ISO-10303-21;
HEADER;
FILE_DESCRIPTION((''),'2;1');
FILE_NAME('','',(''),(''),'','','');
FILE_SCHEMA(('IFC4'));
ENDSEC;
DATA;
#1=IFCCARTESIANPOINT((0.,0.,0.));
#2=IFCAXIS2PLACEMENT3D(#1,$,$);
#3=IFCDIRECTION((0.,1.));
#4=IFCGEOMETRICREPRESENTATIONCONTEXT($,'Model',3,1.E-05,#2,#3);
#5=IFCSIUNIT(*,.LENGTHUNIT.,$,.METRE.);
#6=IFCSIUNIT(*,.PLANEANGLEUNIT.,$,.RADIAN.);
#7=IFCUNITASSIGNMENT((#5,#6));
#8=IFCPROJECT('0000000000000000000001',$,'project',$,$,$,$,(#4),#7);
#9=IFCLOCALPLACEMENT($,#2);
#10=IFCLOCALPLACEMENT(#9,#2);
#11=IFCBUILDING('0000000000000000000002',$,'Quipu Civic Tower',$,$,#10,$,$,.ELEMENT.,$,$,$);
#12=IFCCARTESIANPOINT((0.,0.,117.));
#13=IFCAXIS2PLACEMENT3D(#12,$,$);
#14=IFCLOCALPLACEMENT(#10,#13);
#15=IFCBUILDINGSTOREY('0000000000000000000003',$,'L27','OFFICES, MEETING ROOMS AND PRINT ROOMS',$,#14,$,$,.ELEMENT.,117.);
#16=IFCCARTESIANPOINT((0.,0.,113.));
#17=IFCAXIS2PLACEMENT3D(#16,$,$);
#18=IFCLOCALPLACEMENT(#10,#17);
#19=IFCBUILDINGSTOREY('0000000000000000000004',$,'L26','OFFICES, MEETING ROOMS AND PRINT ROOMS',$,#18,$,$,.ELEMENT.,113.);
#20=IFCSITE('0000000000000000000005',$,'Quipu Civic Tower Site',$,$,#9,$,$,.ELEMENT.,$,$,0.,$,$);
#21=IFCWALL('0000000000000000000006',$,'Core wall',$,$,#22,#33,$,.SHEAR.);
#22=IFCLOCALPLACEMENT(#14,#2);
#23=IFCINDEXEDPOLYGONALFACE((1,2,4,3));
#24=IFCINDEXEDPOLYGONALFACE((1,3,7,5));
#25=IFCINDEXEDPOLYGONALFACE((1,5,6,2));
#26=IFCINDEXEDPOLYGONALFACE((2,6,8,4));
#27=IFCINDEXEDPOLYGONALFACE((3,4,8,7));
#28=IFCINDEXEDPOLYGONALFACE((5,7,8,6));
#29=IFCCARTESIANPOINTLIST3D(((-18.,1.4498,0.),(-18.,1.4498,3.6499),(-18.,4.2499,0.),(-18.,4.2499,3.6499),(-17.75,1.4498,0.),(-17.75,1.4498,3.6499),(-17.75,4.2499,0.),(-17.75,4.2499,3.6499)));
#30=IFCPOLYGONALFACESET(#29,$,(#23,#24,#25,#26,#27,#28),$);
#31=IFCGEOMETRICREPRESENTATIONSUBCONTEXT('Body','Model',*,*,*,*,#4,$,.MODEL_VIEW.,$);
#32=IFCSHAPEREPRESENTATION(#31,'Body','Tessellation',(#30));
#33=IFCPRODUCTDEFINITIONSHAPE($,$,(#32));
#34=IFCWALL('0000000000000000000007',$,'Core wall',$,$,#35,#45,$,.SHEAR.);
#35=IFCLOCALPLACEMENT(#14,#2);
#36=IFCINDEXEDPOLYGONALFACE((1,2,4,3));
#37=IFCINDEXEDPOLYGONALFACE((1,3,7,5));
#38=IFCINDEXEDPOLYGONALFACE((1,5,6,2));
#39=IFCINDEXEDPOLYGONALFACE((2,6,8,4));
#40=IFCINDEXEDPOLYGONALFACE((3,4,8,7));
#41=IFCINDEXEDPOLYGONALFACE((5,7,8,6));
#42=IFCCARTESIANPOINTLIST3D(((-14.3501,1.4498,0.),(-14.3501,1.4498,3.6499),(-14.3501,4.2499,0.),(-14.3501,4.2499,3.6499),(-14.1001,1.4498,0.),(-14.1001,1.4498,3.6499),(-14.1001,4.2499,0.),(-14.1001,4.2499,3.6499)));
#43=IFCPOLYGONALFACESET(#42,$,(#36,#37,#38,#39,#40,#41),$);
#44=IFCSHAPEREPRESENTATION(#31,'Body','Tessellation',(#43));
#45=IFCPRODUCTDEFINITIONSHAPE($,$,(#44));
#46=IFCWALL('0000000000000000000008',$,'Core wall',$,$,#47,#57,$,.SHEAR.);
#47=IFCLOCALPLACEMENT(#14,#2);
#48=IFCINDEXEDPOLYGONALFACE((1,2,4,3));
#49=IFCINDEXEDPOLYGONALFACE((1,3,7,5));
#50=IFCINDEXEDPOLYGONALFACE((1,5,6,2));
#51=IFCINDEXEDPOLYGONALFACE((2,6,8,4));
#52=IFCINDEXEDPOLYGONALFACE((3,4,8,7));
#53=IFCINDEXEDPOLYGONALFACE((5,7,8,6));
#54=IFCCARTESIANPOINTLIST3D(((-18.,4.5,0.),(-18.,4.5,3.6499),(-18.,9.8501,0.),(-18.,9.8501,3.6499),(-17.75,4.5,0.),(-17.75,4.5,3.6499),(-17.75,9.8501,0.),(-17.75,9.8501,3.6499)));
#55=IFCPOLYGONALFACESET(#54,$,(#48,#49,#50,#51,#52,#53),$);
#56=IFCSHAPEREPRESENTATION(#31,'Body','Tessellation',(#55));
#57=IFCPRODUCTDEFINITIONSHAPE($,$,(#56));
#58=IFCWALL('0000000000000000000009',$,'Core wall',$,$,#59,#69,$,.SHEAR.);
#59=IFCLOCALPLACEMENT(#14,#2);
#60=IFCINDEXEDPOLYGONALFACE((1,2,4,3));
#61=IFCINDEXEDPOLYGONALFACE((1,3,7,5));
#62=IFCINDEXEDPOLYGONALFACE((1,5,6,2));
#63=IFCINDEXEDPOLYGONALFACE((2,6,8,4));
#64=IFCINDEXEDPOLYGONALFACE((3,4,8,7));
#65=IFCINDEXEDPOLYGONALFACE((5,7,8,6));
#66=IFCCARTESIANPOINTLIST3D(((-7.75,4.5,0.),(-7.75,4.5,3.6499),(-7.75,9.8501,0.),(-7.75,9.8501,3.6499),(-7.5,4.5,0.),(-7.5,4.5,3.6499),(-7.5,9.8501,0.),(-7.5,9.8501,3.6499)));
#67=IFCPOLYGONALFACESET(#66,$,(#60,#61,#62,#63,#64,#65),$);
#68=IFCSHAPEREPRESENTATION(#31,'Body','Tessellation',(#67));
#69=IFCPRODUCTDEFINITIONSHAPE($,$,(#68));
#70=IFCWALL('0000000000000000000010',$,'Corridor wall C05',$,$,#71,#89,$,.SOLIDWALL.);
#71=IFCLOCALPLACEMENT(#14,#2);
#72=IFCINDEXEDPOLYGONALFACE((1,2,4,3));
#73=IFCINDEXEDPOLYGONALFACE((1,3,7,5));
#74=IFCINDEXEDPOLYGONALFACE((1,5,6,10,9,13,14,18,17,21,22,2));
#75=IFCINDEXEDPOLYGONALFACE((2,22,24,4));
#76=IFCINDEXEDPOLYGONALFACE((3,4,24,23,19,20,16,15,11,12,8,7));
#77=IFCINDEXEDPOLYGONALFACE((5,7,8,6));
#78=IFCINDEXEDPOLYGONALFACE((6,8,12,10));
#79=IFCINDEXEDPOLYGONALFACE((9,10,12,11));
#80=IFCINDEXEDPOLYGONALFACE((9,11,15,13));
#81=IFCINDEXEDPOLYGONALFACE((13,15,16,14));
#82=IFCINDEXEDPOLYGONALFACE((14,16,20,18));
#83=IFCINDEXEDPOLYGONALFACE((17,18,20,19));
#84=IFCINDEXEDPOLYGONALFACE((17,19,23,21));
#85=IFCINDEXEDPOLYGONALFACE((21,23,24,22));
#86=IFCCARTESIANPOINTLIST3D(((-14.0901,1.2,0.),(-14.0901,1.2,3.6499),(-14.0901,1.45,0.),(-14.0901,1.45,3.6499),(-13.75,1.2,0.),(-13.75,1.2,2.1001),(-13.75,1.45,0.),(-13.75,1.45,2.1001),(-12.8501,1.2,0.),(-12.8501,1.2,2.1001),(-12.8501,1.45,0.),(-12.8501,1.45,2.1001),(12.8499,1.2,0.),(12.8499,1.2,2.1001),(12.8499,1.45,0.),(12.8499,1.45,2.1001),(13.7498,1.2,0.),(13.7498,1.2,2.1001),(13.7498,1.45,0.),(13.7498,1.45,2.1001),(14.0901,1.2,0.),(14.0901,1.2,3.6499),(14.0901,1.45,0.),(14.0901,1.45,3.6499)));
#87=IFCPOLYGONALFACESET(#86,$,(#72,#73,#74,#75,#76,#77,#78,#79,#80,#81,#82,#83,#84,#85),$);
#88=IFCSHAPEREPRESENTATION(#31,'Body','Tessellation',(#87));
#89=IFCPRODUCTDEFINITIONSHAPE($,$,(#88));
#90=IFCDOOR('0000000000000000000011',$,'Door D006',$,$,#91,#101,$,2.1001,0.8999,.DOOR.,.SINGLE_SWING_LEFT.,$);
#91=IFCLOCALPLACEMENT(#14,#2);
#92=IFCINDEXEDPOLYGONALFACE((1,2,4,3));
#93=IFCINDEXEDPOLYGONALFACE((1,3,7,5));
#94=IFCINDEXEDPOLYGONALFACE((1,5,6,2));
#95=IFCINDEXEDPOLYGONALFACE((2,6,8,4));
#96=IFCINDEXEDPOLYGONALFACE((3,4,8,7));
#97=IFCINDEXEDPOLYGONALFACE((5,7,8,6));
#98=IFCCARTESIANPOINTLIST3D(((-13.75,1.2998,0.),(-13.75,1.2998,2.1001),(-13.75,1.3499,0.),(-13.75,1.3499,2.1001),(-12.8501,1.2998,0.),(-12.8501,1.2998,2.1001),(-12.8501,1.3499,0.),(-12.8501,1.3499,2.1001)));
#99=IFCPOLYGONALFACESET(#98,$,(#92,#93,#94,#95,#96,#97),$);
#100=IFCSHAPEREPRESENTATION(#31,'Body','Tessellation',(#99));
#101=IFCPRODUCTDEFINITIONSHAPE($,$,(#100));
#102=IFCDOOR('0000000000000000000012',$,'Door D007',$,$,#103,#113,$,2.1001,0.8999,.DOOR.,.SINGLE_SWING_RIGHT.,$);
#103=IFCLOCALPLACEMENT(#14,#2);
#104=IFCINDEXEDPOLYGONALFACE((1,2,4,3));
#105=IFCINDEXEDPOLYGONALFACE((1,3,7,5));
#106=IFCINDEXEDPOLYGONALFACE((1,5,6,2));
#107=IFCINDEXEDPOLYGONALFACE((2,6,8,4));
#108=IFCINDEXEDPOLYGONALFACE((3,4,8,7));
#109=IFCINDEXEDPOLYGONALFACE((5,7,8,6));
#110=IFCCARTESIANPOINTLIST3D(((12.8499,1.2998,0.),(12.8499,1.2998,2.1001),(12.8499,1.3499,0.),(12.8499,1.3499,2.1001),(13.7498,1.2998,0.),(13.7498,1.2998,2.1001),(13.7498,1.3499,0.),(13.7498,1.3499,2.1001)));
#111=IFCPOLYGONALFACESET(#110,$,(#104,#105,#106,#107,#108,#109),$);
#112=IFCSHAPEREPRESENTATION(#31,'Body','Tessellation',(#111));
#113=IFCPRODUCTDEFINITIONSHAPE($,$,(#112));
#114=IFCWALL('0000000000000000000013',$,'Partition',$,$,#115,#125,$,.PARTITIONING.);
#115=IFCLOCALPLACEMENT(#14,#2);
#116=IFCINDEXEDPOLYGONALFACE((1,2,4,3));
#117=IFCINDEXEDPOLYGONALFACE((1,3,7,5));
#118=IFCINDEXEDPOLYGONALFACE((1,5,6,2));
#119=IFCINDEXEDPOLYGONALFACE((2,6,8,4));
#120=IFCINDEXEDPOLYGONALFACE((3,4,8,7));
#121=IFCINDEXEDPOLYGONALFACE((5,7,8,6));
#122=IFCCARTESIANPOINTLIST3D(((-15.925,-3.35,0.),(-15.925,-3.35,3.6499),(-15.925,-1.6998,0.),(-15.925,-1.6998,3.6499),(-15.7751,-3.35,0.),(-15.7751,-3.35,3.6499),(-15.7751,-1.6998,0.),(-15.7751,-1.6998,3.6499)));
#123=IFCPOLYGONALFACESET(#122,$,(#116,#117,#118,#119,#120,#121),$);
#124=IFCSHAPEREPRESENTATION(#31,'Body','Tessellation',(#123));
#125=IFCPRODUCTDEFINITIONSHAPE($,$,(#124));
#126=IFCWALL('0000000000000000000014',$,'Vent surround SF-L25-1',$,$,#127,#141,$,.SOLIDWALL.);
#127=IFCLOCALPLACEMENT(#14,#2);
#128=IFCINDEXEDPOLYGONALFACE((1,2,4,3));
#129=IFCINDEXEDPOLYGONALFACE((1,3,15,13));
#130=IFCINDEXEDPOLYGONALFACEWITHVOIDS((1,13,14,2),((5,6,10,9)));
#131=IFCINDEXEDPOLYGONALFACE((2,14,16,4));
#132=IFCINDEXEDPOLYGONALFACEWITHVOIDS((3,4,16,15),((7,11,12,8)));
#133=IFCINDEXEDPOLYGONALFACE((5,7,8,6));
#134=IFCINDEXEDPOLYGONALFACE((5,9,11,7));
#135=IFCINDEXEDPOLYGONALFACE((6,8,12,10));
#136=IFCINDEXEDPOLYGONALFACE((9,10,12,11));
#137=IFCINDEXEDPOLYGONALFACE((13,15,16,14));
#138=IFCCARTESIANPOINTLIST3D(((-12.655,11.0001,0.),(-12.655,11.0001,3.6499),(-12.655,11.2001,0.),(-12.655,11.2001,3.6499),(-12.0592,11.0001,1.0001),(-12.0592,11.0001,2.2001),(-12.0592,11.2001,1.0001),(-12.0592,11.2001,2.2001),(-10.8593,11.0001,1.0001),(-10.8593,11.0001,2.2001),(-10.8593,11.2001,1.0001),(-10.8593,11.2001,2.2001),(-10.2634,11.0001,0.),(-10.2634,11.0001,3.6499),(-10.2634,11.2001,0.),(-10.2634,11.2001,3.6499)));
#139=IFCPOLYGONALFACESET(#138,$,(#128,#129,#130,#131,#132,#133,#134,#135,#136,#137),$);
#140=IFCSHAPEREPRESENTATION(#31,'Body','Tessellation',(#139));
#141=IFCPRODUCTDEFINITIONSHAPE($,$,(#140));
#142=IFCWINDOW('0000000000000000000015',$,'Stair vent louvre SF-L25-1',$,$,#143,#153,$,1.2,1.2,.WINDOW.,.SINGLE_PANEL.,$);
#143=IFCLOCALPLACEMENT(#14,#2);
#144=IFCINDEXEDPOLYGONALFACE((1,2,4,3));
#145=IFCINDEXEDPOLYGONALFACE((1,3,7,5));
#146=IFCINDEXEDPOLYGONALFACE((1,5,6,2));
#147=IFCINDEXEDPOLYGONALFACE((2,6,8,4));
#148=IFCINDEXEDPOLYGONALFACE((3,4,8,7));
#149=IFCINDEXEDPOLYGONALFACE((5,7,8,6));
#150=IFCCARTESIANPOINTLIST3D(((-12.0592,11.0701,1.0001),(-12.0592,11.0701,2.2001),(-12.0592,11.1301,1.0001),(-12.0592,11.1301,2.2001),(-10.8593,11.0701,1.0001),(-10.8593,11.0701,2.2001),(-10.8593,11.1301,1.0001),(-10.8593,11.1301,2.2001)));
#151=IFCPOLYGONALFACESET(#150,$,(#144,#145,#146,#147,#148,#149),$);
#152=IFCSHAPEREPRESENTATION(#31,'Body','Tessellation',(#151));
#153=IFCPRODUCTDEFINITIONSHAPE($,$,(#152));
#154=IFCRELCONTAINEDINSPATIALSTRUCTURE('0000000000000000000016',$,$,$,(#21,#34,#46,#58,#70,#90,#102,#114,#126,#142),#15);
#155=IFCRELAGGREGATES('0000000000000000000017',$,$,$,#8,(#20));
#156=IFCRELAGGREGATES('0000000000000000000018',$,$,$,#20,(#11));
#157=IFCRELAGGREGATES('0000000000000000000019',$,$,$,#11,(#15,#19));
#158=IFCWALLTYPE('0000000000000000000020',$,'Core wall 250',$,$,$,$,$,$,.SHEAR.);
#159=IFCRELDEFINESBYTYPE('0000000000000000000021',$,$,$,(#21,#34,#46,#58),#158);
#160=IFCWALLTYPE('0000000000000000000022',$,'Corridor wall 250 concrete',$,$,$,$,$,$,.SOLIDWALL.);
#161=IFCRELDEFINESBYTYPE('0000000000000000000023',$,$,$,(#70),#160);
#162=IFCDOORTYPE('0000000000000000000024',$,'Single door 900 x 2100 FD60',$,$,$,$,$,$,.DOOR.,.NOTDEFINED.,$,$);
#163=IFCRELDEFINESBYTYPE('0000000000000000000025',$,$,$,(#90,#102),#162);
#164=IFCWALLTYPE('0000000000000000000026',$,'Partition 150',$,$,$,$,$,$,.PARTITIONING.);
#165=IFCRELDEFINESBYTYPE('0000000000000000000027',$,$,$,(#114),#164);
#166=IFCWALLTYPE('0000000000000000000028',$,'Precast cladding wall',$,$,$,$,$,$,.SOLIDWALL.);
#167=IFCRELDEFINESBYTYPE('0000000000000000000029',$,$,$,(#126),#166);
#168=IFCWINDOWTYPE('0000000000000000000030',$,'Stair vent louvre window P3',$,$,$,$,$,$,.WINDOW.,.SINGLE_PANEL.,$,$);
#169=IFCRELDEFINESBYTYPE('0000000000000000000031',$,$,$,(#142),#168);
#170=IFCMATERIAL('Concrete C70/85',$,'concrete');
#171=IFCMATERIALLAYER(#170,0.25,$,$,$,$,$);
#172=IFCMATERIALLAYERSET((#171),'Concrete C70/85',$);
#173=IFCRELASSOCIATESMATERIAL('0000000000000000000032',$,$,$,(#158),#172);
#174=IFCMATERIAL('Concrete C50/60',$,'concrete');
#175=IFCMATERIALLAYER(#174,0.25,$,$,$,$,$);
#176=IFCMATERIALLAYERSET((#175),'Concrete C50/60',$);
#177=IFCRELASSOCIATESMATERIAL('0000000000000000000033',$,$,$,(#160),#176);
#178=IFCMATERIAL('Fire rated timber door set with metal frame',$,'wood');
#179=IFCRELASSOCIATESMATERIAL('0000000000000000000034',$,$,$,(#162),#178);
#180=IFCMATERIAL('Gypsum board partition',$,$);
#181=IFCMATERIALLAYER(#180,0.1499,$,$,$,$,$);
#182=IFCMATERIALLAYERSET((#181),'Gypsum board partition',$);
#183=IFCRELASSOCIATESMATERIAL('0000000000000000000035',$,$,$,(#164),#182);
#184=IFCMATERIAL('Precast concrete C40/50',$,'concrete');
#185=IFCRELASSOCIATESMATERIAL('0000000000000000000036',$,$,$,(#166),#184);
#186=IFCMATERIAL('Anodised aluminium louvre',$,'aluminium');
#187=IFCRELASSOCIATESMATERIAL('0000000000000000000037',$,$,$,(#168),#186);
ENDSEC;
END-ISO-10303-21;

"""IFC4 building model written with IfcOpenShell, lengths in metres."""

from ifc_helpers import new_model, si_unit, direction, frame, frame_2d, origin, place, context, subcontext, project, spatial, rectangle, extrude, material, layer, layer_set, type_object, element, fill, save


model = new_model("IFC4")

# Units and contexts
model_context = context("Model", 3, precision=1e-05, world=origin(), true_north=direction((0.0, 1.0)))
body_context = subcontext(model_context, "Body", "Model", "MODEL_VIEW")
ifc_project = project(units=[si_unit("LENGTHUNIT", "METRE"), si_unit("PLANEANGLEUNIT", "RADIAN")], contexts=[model_context])

# Site, building, storey
site_placement = place(None, origin())
site = spatial("IfcSite", under=ifc_project, at=site_placement, Name="Quipu Civic Tower Site", CompositionType="ELEMENT", RefElevation=0.0)
building_placement = place(site_placement, origin())
building = spatial("IfcBuilding", under=site, at=building_placement, Name="Quipu Civic Tower", CompositionType="ELEMENT")
storey_1_placement = place(building_placement, frame((0.0, 0.0, 117.0)))
storey_1 = spatial("IfcBuildingStorey", under=building, at=storey_1_placement, Name="L27", Description="OFFICES, MEETING ROOMS AND PRINT ROOMS", CompositionType="ELEMENT", Elevation=117.0)

# Shared definitions
storey_2_placement = place(building_placement, frame((0.0, 0.0, 113.0)))
storey_2 = spatial("IfcBuildingStorey", under=building, at=storey_2_placement, Name="L26", Description="OFFICES, MEETING ROOMS AND PRINT ROOMS", CompositionType="ELEMENT", Elevation=113.0)

# Walls
ifc_material_1 = material(Name="Concrete C70/85", Category="concrete")
ifc_layer_1 = layer(ifc_material_1, 0.25)
ifc_layer_set_1 = layer_set([ifc_layer_1], Name="Concrete C70/85")
wall_type_1 = type_object("IfcWallType", Name="Core wall 250", PredefinedType="SHEAR", material=ifc_layer_set_1)
for number, where, z_axis, x_axis, name in (
    (1, (-17.875, 1.45, 0.0), (0.0, 0.0, 1.0), (0.0, 1.0, 0.0), "Core wall"),
    (2, (-14.2251, 1.45, 0.0), (0.0, 0.0, 1.0), (0.0, 1.0, 0.0), "Core wall"),
):
    element("IfcWall", number, at=place(storey_1_placement, frame(where, z_axis=z_axis, x_axis=x_axis)), inside=storey_1, type_object=wall_type_1, Name=name, PredefinedType="SHEAR", context=body_context, shape_type="SweptSolid", body=[
        extrude(rectangle(XDim=2.8, YDim=0.25, at=frame_2d((1.3999, 0.0))), origin(), (0.0, 0.0, 1.0), 3.6499),
    ])
for number, where, z_axis, x_axis, name in (
    (3, (-17.875, 4.5, 0.0), (0.0, 0.0, 1.0), (0.0, 1.0, 0.0), "Core wall"),
    (4, (-7.625, 4.5, 0.0), (0.0, 0.0, 1.0), (0.0, 1.0, 0.0), "Core wall"),
):
    element("IfcWall", number, at=place(storey_1_placement, frame(where, z_axis=z_axis, x_axis=x_axis)), inside=storey_1, type_object=wall_type_1, Name=name, PredefinedType="SHEAR", context=body_context, shape_type="SweptSolid", body=[
        extrude(rectangle(XDim=5.3501, YDim=0.25, at=frame_2d((2.675, 0.0))), origin(), (0.0, 0.0, 1.0), 3.6499),
    ])

# Wall, openings, doors
ifc_material_2 = material(Name="Concrete C50/60", Category="concrete")
ifc_layer_2 = layer(ifc_material_2, 0.25)
ifc_layer_set_2 = layer_set([ifc_layer_2], Name="Concrete C50/60")
wall_type_2 = type_object("IfcWallType", Name="Corridor wall 250 concrete", PredefinedType="SOLIDWALL", material=ifc_layer_set_2)
wall_1_placement = place(storey_1_placement, frame((-14.0901, 1.325, 0.0), z_axis=(0.0, 0.0, 1.0), x_axis=(1.0, 0.0, 0.0)))
wall_1 = element("IfcWall", 5, at=wall_1_placement, inside=storey_1, type_object=wall_type_2, Name="Corridor wall C05", PredefinedType="SOLIDWALL", context=body_context, shape_type="SweptSolid", body=[
    extrude(rectangle(XDim=28.1802, YDim=0.25, at=frame_2d((14.0901, 0.0))), origin(), (0.0, 0.0, 1.0), 3.6499),
])
opening_1_placement = place(wall_1_placement, frame((0.3401, 0.0, 0.0)))
opening_1 = element("IfcOpeningElement", 6, at=opening_1_placement, cuts=wall_1, PredefinedType="OPENING", context=body_context, shape_type="SweptSolid", body=[
    extrude(rectangle(XDim=0.8999, YDim=2.1001, at=frame_2d((0.45, 1.05))), frame((0.0, 0.135, 0.0), z_axis=(0.0, -1.0, 0.0), x_axis=(1.0, 0.0, 0.0)), (0.0, 0.0, 1.0), 0.27),
])
opening_2_placement = place(wall_1_placement, frame((26.9399, 0.0, 0.0)))
opening_2 = element("IfcOpeningElement", 7, at=opening_2_placement, cuts=wall_1, PredefinedType="OPENING", context=body_context, shape_type="SweptSolid", body=[
    extrude(rectangle(XDim=0.8999, YDim=2.1001, at=frame_2d((0.45, 1.05))), frame((0.0, 0.135, 0.0), z_axis=(0.0, -1.0, 0.0), x_axis=(1.0, 0.0, 0.0)), (0.0, 0.0, 1.0), 0.27),
])
ifc_material_3 = material(Name="Fire rated timber door set with metal frame", Category="wood")
door_type = type_object("IfcDoorType", Name="Single door 900 x 2100 FD60", OperationType="NOTDEFINED", PredefinedType="DOOR", material=ifc_material_3)
door_1_placement = place(opening_1_placement, origin())
door_1 = element("IfcDoor", 8, at=door_1_placement, inside=storey_1, type_object=door_type, Name="Door D006", OperationType="SINGLE_SWING_LEFT", OverallHeight=2.1001, OverallWidth=0.8999, PredefinedType="DOOR", context=body_context, shape_type="SweptSolid", body=[
    extrude(rectangle(XDim=0.8999, YDim=2.1001, at=frame_2d((0.45, 1.05))), frame((0.0, 0.0249, 0.0), z_axis=(0.0, -1.0, 0.0), x_axis=(1.0, 0.0, 0.0)), (0.0, 0.0, 1.0), 0.05),
])
fill(opening_1, door_1)
door_2_placement = place(opening_2_placement, origin())
door_2 = element("IfcDoor", 9, at=door_2_placement, inside=storey_1, type_object=door_type, Name="Door D007", OperationType="SINGLE_SWING_RIGHT", OverallHeight=2.1001, OverallWidth=0.8999, PredefinedType="DOOR", context=body_context, shape_type="SweptSolid", body=[
    extrude(rectangle(XDim=0.8999, YDim=2.1001, at=frame_2d((0.45, 1.05))), frame((0.0, 0.0249, 0.0), z_axis=(0.0, -1.0, 0.0), x_axis=(1.0, 0.0, 0.0)), (0.0, 0.0, 1.0), 0.05),
])
fill(opening_2, door_2)

# Wall
ifc_material_4 = material(Name="Gypsum board partition")
ifc_layer_3 = layer(ifc_material_4, 0.1499)
ifc_layer_set_3 = layer_set([ifc_layer_3], Name="Gypsum board partition")
wall_type_3 = type_object("IfcWallType", Name="Partition 150", PredefinedType="PARTITIONING", material=ifc_layer_set_3)
wall_2_placement = place(storey_1_placement, frame((-15.8501, -3.3501, 0.0), z_axis=(0.0, 0.0, 1.0), x_axis=(0.0, 1.0, 0.0)))
element("IfcWall", 10, at=wall_2_placement, inside=storey_1, type_object=wall_type_3, Name="Partition", PredefinedType="PARTITIONING", context=body_context, shape_type="SweptSolid", body=[
    extrude(rectangle(XDim=1.6501, YDim=0.1499, at=frame_2d((0.8252, 0.0))), origin(), (0.0, 0.0, 1.0), 3.6499),
])

# Wall, opening, window
ifc_material_5 = material(Name="Precast concrete C40/50", Category="concrete")
wall_type_4 = type_object("IfcWallType", Name="Precast cladding wall", PredefinedType="SOLIDWALL", material=ifc_material_5)
wall_3_placement = place(storey_1_placement, frame((-10.2634, 11.1001, 0.0), z_axis=(0.0, 0.0, 1.0), x_axis=(-1.0, 0.0, 0.0)))
wall_3 = element("IfcWall", 11, at=wall_3_placement, inside=storey_1, type_object=wall_type_4, Name="Vent surround SF-L25-1", PredefinedType="SOLIDWALL", context=body_context, shape_type="SweptSolid", body=[
    extrude(rectangle(XDim=2.3916, YDim=0.2, at=frame_2d((1.1958, 0.0))), origin(), (0.0, 0.0, 1.0), 3.6499),
])
opening_3_placement = place(wall_3_placement, frame((0.5957, 0.0, 1.0)))
opening_3 = element("IfcOpeningElement", 12, at=opening_3_placement, cuts=wall_3, PredefinedType="OPENING", context=body_context, shape_type="SweptSolid", body=[
    extrude(rectangle(XDim=1.2, YDim=1.2, at=frame_2d((0.6001, 0.6001))), frame((0.0, 0.1099, 0.0), z_axis=(0.0, -1.0, 0.0), x_axis=(1.0, 0.0, 0.0)), (0.0, 0.0, 1.0), 0.22),
])
ifc_material_6 = material(Name="Anodised aluminium louvre", Category="aluminium")
window_type = type_object("IfcWindowType", Name="Stair vent louvre window P3", PartitioningType="SINGLE_PANEL", PredefinedType="WINDOW", material=ifc_material_6)
window_placement = place(opening_3_placement, origin())
window = element("IfcWindow", 13, at=window_placement, inside=storey_1, type_object=window_type, Name="Stair vent louvre SF-L25-1", OverallHeight=1.2, OverallWidth=1.2, PartitioningType="SINGLE_PANEL", PredefinedType="WINDOW", context=body_context, shape_type="SweptSolid", body=[
    extrude(rectangle(XDim=1.2, YDim=1.2, at=frame_2d((0.6001, 0.6001))), frame((0.0, 0.03, 0.0), z_axis=(0.0, -1.0, 0.0), x_axis=(1.0, 0.0, 0.0)), (0.0, 0.0, 1.0), 0.0601),
])
fill(opening_3, window)

save(model, "model.ifc")
